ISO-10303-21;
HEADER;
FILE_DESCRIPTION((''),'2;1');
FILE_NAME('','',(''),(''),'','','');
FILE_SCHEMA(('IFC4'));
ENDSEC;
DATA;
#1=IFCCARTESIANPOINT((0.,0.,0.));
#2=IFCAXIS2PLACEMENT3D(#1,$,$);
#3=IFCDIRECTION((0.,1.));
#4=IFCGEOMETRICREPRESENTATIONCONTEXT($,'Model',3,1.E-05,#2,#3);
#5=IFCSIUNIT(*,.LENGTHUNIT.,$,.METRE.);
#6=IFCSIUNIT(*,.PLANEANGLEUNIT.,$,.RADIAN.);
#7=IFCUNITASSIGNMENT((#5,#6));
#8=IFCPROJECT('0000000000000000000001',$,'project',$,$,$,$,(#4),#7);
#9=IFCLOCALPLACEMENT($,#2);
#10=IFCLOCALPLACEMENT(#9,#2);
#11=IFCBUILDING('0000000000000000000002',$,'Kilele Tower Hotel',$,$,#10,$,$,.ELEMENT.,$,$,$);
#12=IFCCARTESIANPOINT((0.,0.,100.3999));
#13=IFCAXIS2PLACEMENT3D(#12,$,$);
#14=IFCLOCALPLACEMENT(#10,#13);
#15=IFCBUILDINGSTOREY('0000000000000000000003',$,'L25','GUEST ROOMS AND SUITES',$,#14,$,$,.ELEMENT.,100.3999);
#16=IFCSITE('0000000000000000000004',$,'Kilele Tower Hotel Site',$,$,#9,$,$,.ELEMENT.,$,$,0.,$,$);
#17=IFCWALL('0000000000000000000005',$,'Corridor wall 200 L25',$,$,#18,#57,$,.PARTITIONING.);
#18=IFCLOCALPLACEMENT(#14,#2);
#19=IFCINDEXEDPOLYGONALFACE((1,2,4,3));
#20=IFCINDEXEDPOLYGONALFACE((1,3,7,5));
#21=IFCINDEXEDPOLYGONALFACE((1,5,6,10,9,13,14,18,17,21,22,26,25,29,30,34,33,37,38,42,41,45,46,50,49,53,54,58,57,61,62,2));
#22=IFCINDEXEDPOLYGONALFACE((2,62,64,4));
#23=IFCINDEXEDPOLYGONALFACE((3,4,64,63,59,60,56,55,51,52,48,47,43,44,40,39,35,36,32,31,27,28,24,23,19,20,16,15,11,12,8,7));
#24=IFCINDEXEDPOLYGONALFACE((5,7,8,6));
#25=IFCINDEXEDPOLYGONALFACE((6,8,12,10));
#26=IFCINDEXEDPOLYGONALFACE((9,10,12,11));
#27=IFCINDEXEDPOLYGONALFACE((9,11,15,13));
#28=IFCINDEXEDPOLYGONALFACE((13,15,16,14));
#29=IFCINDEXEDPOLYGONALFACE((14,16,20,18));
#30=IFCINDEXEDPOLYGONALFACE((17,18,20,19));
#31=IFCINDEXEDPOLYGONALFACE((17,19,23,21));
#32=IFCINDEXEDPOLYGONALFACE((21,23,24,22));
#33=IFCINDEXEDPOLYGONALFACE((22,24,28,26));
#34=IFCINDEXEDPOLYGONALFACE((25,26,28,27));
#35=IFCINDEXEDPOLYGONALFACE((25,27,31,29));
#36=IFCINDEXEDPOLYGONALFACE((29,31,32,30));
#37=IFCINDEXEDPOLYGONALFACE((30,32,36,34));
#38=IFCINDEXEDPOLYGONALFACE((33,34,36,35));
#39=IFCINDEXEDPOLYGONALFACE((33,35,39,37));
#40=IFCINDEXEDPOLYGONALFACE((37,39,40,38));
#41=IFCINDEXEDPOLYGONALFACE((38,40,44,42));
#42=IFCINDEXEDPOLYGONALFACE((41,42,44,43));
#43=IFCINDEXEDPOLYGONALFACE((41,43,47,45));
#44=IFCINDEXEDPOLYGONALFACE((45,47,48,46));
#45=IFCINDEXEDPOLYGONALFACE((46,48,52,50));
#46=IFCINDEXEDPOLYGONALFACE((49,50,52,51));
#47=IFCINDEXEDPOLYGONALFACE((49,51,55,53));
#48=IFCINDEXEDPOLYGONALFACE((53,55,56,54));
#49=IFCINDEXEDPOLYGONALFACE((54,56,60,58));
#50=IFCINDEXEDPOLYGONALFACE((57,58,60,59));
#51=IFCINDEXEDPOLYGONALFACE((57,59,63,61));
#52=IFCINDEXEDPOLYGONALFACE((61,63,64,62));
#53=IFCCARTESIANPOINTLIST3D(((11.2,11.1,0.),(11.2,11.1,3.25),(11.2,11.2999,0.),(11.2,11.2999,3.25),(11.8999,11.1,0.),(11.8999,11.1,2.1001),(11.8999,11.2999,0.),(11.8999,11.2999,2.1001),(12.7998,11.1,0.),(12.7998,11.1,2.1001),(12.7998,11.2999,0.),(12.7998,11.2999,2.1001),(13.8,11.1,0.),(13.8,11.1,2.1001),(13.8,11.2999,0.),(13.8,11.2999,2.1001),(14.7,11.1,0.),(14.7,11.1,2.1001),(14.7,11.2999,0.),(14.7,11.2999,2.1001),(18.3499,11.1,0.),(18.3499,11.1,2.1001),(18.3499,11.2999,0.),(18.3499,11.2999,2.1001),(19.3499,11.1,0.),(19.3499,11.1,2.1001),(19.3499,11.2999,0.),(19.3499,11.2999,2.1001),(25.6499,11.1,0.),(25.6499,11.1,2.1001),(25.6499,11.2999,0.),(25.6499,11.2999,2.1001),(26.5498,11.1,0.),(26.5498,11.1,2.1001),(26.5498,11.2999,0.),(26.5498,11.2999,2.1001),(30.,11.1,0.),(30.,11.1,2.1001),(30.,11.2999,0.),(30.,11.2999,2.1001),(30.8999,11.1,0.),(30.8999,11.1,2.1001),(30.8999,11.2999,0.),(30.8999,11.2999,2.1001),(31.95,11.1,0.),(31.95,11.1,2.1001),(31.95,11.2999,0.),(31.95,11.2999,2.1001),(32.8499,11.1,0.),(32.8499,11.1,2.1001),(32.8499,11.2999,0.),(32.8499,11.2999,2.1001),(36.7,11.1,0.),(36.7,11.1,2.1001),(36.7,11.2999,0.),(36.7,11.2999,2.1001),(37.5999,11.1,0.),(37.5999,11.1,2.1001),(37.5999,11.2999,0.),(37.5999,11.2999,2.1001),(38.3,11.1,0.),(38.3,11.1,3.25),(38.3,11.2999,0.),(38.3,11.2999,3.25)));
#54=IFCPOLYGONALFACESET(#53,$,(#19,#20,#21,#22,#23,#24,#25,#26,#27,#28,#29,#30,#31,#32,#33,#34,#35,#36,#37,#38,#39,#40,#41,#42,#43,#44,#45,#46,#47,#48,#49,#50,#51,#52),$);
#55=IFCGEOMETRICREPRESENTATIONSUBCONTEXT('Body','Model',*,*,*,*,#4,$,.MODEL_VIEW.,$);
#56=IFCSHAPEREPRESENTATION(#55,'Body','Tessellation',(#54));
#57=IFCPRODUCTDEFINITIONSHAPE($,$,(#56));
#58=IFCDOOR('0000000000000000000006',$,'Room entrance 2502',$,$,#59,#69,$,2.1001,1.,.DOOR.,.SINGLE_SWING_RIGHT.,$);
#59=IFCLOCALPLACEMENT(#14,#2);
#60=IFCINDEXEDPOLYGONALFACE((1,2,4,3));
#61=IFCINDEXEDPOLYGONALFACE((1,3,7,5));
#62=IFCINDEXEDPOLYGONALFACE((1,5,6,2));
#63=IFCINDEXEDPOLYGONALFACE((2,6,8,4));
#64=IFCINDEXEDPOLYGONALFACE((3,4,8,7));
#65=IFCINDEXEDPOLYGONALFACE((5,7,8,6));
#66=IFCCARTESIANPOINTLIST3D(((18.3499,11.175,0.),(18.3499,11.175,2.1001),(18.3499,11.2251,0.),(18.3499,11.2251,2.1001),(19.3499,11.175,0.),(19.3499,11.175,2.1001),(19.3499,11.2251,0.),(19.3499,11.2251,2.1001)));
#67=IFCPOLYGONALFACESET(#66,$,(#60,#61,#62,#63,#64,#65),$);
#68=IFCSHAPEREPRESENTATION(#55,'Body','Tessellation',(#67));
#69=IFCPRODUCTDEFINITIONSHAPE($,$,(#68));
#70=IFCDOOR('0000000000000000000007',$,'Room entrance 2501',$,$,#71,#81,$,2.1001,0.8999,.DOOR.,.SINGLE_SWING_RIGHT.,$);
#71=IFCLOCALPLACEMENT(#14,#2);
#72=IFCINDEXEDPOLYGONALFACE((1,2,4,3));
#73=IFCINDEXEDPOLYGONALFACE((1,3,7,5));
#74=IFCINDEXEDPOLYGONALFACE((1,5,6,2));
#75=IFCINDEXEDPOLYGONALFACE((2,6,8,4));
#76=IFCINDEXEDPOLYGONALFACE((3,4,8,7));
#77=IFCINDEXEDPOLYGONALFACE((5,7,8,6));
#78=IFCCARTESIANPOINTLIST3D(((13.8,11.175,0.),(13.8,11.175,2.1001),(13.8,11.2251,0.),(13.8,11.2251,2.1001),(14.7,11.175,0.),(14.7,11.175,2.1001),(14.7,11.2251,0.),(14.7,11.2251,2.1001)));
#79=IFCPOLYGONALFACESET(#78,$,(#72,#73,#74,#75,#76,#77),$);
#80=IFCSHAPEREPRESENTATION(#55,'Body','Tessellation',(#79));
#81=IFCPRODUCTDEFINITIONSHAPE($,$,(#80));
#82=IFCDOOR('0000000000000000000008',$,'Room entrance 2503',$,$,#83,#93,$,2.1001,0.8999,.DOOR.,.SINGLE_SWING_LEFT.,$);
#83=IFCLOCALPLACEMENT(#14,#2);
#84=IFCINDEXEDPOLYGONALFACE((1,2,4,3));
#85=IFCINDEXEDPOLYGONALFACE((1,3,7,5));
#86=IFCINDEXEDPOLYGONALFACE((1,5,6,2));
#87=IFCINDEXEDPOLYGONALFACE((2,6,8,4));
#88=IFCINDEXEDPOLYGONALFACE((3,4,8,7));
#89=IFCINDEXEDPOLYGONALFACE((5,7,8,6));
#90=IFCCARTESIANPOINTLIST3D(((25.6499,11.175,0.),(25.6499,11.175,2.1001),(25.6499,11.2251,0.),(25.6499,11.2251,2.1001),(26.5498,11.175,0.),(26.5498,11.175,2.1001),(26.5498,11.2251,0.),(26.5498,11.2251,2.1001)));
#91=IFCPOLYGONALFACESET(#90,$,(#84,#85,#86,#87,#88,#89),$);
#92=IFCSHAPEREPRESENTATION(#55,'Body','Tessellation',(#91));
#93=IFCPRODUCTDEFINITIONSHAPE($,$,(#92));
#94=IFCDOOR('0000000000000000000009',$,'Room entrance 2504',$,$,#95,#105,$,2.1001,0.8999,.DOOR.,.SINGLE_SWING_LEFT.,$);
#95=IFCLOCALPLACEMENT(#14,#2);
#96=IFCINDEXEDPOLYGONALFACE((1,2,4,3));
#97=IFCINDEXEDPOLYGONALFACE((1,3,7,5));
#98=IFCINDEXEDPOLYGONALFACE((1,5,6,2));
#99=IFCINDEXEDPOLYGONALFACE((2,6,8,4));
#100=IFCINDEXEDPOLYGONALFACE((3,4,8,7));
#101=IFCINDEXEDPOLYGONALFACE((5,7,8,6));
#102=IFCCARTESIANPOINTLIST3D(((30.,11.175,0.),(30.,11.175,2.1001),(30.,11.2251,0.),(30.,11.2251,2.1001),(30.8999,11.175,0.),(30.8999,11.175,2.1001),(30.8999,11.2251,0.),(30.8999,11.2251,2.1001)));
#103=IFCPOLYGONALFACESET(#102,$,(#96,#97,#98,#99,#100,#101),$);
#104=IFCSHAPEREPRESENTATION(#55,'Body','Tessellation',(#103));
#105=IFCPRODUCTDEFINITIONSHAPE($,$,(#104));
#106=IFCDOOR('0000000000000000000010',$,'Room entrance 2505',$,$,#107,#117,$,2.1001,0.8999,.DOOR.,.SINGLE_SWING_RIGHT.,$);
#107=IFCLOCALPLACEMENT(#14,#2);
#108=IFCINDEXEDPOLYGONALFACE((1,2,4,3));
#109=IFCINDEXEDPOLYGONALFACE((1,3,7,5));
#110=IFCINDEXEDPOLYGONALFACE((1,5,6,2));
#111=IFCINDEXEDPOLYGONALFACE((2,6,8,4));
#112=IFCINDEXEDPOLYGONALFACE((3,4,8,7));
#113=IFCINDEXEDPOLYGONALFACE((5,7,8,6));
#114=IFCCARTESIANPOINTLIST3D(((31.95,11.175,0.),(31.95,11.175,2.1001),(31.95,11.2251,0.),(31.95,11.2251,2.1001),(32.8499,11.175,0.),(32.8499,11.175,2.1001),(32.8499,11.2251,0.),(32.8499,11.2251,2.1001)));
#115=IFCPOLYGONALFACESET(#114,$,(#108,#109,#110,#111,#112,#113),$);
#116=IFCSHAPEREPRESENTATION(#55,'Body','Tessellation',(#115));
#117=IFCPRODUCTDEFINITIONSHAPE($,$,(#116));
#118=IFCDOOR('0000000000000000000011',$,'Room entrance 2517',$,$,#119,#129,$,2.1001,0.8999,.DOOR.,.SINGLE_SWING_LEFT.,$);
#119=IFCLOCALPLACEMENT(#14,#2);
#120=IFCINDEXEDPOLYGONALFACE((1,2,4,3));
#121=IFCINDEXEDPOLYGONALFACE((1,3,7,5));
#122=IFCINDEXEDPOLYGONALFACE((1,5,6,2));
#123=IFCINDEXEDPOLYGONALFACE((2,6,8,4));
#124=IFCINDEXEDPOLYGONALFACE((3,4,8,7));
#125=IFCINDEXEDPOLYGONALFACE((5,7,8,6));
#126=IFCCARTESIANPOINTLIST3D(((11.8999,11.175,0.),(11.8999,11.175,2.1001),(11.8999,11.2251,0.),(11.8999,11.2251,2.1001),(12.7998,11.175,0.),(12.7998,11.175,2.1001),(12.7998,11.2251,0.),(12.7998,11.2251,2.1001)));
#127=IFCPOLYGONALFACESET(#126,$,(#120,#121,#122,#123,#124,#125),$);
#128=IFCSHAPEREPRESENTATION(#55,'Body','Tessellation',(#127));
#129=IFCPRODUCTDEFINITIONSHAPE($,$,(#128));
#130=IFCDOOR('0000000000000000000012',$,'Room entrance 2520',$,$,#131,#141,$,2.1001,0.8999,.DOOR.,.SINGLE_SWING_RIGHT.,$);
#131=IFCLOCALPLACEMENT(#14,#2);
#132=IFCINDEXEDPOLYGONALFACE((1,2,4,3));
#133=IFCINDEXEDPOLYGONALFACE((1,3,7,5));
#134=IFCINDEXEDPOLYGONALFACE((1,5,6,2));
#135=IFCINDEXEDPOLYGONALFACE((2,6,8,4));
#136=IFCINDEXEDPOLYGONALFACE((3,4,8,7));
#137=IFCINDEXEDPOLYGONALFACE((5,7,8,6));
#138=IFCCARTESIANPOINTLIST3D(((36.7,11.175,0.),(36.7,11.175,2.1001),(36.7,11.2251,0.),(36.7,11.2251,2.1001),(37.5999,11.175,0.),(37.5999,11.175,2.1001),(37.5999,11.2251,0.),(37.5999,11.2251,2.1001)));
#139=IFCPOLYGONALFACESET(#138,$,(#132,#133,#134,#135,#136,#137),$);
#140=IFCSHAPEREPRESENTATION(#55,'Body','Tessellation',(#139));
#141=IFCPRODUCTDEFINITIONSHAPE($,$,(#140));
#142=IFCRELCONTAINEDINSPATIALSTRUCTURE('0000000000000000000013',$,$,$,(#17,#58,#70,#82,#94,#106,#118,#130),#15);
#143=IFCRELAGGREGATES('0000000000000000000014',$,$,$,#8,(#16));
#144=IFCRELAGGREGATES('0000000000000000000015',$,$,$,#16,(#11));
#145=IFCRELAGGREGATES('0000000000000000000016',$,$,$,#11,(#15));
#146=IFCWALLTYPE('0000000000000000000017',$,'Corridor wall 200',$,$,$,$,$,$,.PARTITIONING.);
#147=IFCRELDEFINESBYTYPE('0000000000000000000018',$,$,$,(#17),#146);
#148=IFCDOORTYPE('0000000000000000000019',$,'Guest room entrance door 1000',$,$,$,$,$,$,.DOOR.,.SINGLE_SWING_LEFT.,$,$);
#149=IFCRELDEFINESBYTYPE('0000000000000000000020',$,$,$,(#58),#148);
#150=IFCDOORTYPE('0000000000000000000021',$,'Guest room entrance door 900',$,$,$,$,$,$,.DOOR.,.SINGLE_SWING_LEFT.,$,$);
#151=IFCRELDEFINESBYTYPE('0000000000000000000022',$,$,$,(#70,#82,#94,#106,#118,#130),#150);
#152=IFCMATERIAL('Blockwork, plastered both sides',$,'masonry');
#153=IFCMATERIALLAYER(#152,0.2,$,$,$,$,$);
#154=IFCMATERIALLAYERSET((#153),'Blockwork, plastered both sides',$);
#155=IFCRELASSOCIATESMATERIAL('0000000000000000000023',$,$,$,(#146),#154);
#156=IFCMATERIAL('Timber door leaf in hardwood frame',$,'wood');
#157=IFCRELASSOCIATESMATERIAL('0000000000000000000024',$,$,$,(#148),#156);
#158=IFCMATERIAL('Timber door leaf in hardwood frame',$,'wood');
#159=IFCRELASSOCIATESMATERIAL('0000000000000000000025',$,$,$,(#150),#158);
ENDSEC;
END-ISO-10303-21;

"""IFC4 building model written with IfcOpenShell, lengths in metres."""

from ifc_helpers import new_model, si_unit, direction, frame, frame_2d, origin, place, context, subcontext, project, spatial, rectangle, extrude, material, layer, layer_set, type_object, element, fill, save


model = new_model("IFC4")

# Units and contexts
model_context = context("Model", 3, precision=1e-05, world=origin(), true_north=direction((0.0, 1.0)))
body_context = subcontext(model_context, "Body", "Model", "MODEL_VIEW")
ifc_project = project(units=[si_unit("LENGTHUNIT", "METRE"), si_unit("PLANEANGLEUNIT", "RADIAN")], contexts=[model_context])

# Site, building, storey
site_placement = place(None, origin())
site = spatial("IfcSite", under=ifc_project, at=site_placement, Name="Kilele Tower Hotel Site", CompositionType="ELEMENT", RefElevation=0.0)
building_placement = place(site_placement, origin())
building = spatial("IfcBuilding", under=site, at=building_placement, Name="Kilele Tower Hotel", CompositionType="ELEMENT")
storey_placement = place(building_placement, frame((0.0, 0.0, 100.3999)))
storey = spatial("IfcBuildingStorey", under=building, at=storey_placement, Name="L25", Description="GUEST ROOMS AND SUITES", CompositionType="ELEMENT", Elevation=100.3999)

# Wall, openings, doors
ifc_material_1 = material(Name="Blockwork, plastered both sides", Category="masonry")
ifc_layer_1 = layer(ifc_material_1, 0.2)
ifc_layer_set_1 = layer_set([ifc_layer_1], Name="Blockwork, plastered both sides")
wall_type_1 = type_object("IfcWallType", Name="Corridor wall 200", PredefinedType="PARTITIONING", material=ifc_layer_set_1)
wall_1_placement = place(storey_placement, frame((11.2, 11.2, 0.0), z_axis=(0.0, 0.0, 1.0), x_axis=(1.0, 0.0, 0.0)))
wall_1 = element("IfcWall", 1, at=wall_1_placement, inside=storey, type_object=wall_type_1, Name="Corridor wall 200 L25", PredefinedType="PARTITIONING", context=body_context, shape_type="SweptSolid", body=[
    extrude(rectangle(XDim=27.1001, YDim=0.2, at=frame_2d((13.55, 0.0))), origin(), (0.0, 0.0, 1.0), 3.25),
])
opening_1_placement = place(wall_1_placement, frame((3.5, 0.0, 0.0), z_axis=(0.0, 0.0, 1.0), x_axis=(-1.0, 0.0, 0.0)))
opening_1 = element("IfcOpeningElement", 2, at=opening_1_placement, cuts=wall_1, PredefinedType="OPENING", context=body_context, shape_type="SweptSolid", body=[
    extrude(rectangle(XDim=0.8999, YDim=2.1001, at=frame_2d((0.45, 1.05))), frame((0.0, 0.1099, 0.0), z_axis=(0.0, -1.0, 0.0), x_axis=(1.0, 0.0, 0.0)), (0.0, 0.0, 1.0), 0.22),
])
opening_2_placement = place(wall_1_placement, frame((8.1499, 0.0, 0.0), z_axis=(0.0, 0.0, 1.0), x_axis=(-1.0, 0.0, 0.0)))
opening_2 = element("IfcOpeningElement", 3, at=opening_2_placement, cuts=wall_1, PredefinedType="OPENING", context=body_context, shape_type="SweptSolid", body=[
    extrude(rectangle(XDim=1.0, YDim=2.1001, at=frame_2d((0.5, 1.05))), frame((0.0, 0.1099, 0.0), z_axis=(0.0, -1.0, 0.0), x_axis=(1.0, 0.0, 0.0)), (0.0, 0.0, 1.0), 0.22),
])
opening_3_placement = place(wall_1_placement, frame((15.3499, 0.0, 0.0), z_axis=(0.0, 0.0, 1.0), x_axis=(-1.0, 0.0, 0.0)))
opening_3 = element("IfcOpeningElement", 4, at=opening_3_placement, cuts=wall_1, PredefinedType="OPENING", context=body_context, shape_type="SweptSolid", body=[
    extrude(rectangle(XDim=0.8999, YDim=2.1001, at=frame_2d((0.45, 1.05))), frame((0.0, 0.1099, 0.0), z_axis=(0.0, -1.0, 0.0), x_axis=(1.0, 0.0, 0.0)), (0.0, 0.0, 1.0), 0.22),
])
opening_4_placement = place(wall_1_placement, frame((19.7, 0.0, 0.0), z_axis=(0.0, 0.0, 1.0), x_axis=(-1.0, 0.0, 0.0)))
opening_4 = element("IfcOpeningElement", 5, at=opening_4_placement, cuts=wall_1, PredefinedType="OPENING", context=body_context, shape_type="SweptSolid", body=[
    extrude(rectangle(XDim=0.8999, YDim=2.1001, at=frame_2d((0.45, 1.05))), frame((0.0, 0.1099, 0.0), z_axis=(0.0, -1.0, 0.0), x_axis=(1.0, 0.0, 0.0)), (0.0, 0.0, 1.0), 0.22),
])
opening_5_placement = place(wall_1_placement, frame((21.6499, 0.0, 0.0), z_axis=(0.0, 0.0, 1.0), x_axis=(-1.0, 0.0, 0.0)))
opening_5 = element("IfcOpeningElement", 6, at=opening_5_placement, cuts=wall_1, PredefinedType="OPENING", context=body_context, shape_type="SweptSolid", body=[
    extrude(rectangle(XDim=0.8999, YDim=2.1001, at=frame_2d((0.45, 1.05))), frame((0.0, 0.1099, 0.0), z_axis=(0.0, -1.0, 0.0), x_axis=(1.0, 0.0, 0.0)), (0.0, 0.0, 1.0), 0.22),
])
opening_6_placement = place(wall_1_placement, frame((1.5999, 0.0, 0.0), z_axis=(0.0, 0.0, 1.0), x_axis=(-1.0, 0.0, 0.0)))
opening_6 = element("IfcOpeningElement", 7, at=opening_6_placement, cuts=wall_1, PredefinedType="OPENING", context=body_context, shape_type="SweptSolid", body=[
    extrude(rectangle(XDim=0.8999, YDim=2.1001, at=frame_2d((0.45, 1.05))), frame((0.0, 0.1099, 0.0), z_axis=(0.0, -1.0, 0.0), x_axis=(1.0, 0.0, 0.0)), (0.0, 0.0, 1.0), 0.22),
])
opening_7_placement = place(wall_1_placement, frame((26.3999, 0.0, 0.0), z_axis=(0.0, 0.0, 1.0), x_axis=(-1.0, 0.0, 0.0)))
opening_7 = element("IfcOpeningElement", 8, at=opening_7_placement, cuts=wall_1, PredefinedType="OPENING", context=body_context, shape_type="SweptSolid", body=[
    extrude(rectangle(XDim=0.8999, YDim=2.1001, at=frame_2d((0.45, 1.05))), frame((0.0, 0.1099, 0.0), z_axis=(0.0, -1.0, 0.0), x_axis=(1.0, 0.0, 0.0)), (0.0, 0.0, 1.0), 0.22),
])
ifc_material_2 = material(Name="Timber door leaf in hardwood frame", Category="wood")
door_type_1 = type_object("IfcDoorType", Name="Guest room entrance door 1000", OperationType="SINGLE_SWING_LEFT", PredefinedType="DOOR", material=ifc_material_2)
door_1_placement = place(opening_2_placement, origin())
door_1 = element("IfcDoor", 9, at=door_1_placement, inside=storey, type_object=door_type_1, Name="Room entrance 2502", OperationType="SINGLE_SWING_RIGHT", OverallHeight=2.1001, OverallWidth=1.0, PredefinedType="DOOR", context=body_context, shape_type="SweptSolid", body=[
    extrude(rectangle(XDim=1.0, YDim=2.1001, at=frame_2d((0.5, 1.05))), frame((0.0, 0.0249, 0.0), z_axis=(0.0, -1.0, 0.0), x_axis=(1.0, 0.0, 0.0)), (0.0, 0.0, 1.0), 0.05),
])
fill(opening_2, door_1)
ifc_material_3 = material(Name="Timber door leaf in hardwood frame", Category="wood")
door_type_2 = type_object("IfcDoorType", Name="Guest room entrance door 900", OperationType="SINGLE_SWING_LEFT", PredefinedType="DOOR", material=ifc_material_3)
door_2_placement = place(opening_1_placement, origin())
door_2 = element("IfcDoor", 10, at=door_2_placement, inside=storey, type_object=door_type_2, Name="Room entrance 2501", OperationType="SINGLE_SWING_RIGHT", OverallHeight=2.1001, OverallWidth=0.8999, PredefinedType="DOOR", context=body_context, shape_type="SweptSolid", body=[
    extrude(rectangle(XDim=0.8999, YDim=2.1001, at=frame_2d((0.45, 1.05))), frame((0.0, 0.0249, 0.0), z_axis=(0.0, -1.0, 0.0), x_axis=(1.0, 0.0, 0.0)), (0.0, 0.0, 1.0), 0.05),
])
fill(opening_1, door_2)
door_3_placement = place(opening_3_placement, origin())
door_3 = element("IfcDoor", 11, at=door_3_placement, inside=storey, type_object=door_type_2, Name="Room entrance 2503", OperationType="SINGLE_SWING_LEFT", OverallHeight=2.1001, OverallWidth=0.8999, PredefinedType="DOOR", context=body_context, shape_type="SweptSolid", body=[
    extrude(rectangle(XDim=0.8999, YDim=2.1001, at=frame_2d((0.45, 1.05))), frame((0.0, 0.0249, 0.0), z_axis=(0.0, -1.0, 0.0), x_axis=(1.0, 0.0, 0.0)), (0.0, 0.0, 1.0), 0.05),
])
fill(opening_3, door_3)
door_4_placement = place(opening_4_placement, origin())
door_4 = element("IfcDoor", 12, at=door_4_placement, inside=storey, type_object=door_type_2, Name="Room entrance 2504", OperationType="SINGLE_SWING_LEFT", OverallHeight=2.1001, OverallWidth=0.8999, PredefinedType="DOOR", context=body_context, shape_type="SweptSolid", body=[
    extrude(rectangle(XDim=0.8999, YDim=2.1001, at=frame_2d((0.45, 1.05))), frame((0.0, 0.0249, 0.0), z_axis=(0.0, -1.0, 0.0), x_axis=(1.0, 0.0, 0.0)), (0.0, 0.0, 1.0), 0.05),
])
fill(opening_4, door_4)
door_5_placement = place(opening_5_placement, origin())
door_5 = element("IfcDoor", 13, at=door_5_placement, inside=storey, type_object=door_type_2, Name="Room entrance 2505", OperationType="SINGLE_SWING_RIGHT", OverallHeight=2.1001, OverallWidth=0.8999, PredefinedType="DOOR", context=body_context, shape_type="SweptSolid", body=[
    extrude(rectangle(XDim=0.8999, YDim=2.1001, at=frame_2d((0.45, 1.05))), frame((0.0, 0.0249, 0.0), z_axis=(0.0, -1.0, 0.0), x_axis=(1.0, 0.0, 0.0)), (0.0, 0.0, 1.0), 0.05),
])
fill(opening_5, door_5)
door_6_placement = place(opening_6_placement, origin())
door_6 = element("IfcDoor", 14, at=door_6_placement, inside=storey, type_object=door_type_2, Name="Room entrance 2517", OperationType="SINGLE_SWING_LEFT", OverallHeight=2.1001, OverallWidth=0.8999, PredefinedType="DOOR", context=body_context, shape_type="SweptSolid", body=[
    extrude(rectangle(XDim=0.8999, YDim=2.1001, at=frame_2d((0.45, 1.05))), frame((0.0, 0.0249, 0.0), z_axis=(0.0, -1.0, 0.0), x_axis=(1.0, 0.0, 0.0)), (0.0, 0.0, 1.0), 0.05),
])
fill(opening_6, door_6)
door_7_placement = place(opening_7_placement, origin())
door_7 = element("IfcDoor", 15, at=door_7_placement, inside=storey, type_object=door_type_2, Name="Room entrance 2520", OperationType="SINGLE_SWING_RIGHT", OverallHeight=2.1001, OverallWidth=0.8999, PredefinedType="DOOR", context=body_context, shape_type="SweptSolid", body=[
    extrude(rectangle(XDim=0.8999, YDim=2.1001, at=frame_2d((0.45, 1.05))), frame((0.0, 0.0249, 0.0), z_axis=(0.0, -1.0, 0.0), x_axis=(1.0, 0.0, 0.0)), (0.0, 0.0, 1.0), 0.05),
])
fill(opening_7, door_7)

save(model, "model.ifc")
